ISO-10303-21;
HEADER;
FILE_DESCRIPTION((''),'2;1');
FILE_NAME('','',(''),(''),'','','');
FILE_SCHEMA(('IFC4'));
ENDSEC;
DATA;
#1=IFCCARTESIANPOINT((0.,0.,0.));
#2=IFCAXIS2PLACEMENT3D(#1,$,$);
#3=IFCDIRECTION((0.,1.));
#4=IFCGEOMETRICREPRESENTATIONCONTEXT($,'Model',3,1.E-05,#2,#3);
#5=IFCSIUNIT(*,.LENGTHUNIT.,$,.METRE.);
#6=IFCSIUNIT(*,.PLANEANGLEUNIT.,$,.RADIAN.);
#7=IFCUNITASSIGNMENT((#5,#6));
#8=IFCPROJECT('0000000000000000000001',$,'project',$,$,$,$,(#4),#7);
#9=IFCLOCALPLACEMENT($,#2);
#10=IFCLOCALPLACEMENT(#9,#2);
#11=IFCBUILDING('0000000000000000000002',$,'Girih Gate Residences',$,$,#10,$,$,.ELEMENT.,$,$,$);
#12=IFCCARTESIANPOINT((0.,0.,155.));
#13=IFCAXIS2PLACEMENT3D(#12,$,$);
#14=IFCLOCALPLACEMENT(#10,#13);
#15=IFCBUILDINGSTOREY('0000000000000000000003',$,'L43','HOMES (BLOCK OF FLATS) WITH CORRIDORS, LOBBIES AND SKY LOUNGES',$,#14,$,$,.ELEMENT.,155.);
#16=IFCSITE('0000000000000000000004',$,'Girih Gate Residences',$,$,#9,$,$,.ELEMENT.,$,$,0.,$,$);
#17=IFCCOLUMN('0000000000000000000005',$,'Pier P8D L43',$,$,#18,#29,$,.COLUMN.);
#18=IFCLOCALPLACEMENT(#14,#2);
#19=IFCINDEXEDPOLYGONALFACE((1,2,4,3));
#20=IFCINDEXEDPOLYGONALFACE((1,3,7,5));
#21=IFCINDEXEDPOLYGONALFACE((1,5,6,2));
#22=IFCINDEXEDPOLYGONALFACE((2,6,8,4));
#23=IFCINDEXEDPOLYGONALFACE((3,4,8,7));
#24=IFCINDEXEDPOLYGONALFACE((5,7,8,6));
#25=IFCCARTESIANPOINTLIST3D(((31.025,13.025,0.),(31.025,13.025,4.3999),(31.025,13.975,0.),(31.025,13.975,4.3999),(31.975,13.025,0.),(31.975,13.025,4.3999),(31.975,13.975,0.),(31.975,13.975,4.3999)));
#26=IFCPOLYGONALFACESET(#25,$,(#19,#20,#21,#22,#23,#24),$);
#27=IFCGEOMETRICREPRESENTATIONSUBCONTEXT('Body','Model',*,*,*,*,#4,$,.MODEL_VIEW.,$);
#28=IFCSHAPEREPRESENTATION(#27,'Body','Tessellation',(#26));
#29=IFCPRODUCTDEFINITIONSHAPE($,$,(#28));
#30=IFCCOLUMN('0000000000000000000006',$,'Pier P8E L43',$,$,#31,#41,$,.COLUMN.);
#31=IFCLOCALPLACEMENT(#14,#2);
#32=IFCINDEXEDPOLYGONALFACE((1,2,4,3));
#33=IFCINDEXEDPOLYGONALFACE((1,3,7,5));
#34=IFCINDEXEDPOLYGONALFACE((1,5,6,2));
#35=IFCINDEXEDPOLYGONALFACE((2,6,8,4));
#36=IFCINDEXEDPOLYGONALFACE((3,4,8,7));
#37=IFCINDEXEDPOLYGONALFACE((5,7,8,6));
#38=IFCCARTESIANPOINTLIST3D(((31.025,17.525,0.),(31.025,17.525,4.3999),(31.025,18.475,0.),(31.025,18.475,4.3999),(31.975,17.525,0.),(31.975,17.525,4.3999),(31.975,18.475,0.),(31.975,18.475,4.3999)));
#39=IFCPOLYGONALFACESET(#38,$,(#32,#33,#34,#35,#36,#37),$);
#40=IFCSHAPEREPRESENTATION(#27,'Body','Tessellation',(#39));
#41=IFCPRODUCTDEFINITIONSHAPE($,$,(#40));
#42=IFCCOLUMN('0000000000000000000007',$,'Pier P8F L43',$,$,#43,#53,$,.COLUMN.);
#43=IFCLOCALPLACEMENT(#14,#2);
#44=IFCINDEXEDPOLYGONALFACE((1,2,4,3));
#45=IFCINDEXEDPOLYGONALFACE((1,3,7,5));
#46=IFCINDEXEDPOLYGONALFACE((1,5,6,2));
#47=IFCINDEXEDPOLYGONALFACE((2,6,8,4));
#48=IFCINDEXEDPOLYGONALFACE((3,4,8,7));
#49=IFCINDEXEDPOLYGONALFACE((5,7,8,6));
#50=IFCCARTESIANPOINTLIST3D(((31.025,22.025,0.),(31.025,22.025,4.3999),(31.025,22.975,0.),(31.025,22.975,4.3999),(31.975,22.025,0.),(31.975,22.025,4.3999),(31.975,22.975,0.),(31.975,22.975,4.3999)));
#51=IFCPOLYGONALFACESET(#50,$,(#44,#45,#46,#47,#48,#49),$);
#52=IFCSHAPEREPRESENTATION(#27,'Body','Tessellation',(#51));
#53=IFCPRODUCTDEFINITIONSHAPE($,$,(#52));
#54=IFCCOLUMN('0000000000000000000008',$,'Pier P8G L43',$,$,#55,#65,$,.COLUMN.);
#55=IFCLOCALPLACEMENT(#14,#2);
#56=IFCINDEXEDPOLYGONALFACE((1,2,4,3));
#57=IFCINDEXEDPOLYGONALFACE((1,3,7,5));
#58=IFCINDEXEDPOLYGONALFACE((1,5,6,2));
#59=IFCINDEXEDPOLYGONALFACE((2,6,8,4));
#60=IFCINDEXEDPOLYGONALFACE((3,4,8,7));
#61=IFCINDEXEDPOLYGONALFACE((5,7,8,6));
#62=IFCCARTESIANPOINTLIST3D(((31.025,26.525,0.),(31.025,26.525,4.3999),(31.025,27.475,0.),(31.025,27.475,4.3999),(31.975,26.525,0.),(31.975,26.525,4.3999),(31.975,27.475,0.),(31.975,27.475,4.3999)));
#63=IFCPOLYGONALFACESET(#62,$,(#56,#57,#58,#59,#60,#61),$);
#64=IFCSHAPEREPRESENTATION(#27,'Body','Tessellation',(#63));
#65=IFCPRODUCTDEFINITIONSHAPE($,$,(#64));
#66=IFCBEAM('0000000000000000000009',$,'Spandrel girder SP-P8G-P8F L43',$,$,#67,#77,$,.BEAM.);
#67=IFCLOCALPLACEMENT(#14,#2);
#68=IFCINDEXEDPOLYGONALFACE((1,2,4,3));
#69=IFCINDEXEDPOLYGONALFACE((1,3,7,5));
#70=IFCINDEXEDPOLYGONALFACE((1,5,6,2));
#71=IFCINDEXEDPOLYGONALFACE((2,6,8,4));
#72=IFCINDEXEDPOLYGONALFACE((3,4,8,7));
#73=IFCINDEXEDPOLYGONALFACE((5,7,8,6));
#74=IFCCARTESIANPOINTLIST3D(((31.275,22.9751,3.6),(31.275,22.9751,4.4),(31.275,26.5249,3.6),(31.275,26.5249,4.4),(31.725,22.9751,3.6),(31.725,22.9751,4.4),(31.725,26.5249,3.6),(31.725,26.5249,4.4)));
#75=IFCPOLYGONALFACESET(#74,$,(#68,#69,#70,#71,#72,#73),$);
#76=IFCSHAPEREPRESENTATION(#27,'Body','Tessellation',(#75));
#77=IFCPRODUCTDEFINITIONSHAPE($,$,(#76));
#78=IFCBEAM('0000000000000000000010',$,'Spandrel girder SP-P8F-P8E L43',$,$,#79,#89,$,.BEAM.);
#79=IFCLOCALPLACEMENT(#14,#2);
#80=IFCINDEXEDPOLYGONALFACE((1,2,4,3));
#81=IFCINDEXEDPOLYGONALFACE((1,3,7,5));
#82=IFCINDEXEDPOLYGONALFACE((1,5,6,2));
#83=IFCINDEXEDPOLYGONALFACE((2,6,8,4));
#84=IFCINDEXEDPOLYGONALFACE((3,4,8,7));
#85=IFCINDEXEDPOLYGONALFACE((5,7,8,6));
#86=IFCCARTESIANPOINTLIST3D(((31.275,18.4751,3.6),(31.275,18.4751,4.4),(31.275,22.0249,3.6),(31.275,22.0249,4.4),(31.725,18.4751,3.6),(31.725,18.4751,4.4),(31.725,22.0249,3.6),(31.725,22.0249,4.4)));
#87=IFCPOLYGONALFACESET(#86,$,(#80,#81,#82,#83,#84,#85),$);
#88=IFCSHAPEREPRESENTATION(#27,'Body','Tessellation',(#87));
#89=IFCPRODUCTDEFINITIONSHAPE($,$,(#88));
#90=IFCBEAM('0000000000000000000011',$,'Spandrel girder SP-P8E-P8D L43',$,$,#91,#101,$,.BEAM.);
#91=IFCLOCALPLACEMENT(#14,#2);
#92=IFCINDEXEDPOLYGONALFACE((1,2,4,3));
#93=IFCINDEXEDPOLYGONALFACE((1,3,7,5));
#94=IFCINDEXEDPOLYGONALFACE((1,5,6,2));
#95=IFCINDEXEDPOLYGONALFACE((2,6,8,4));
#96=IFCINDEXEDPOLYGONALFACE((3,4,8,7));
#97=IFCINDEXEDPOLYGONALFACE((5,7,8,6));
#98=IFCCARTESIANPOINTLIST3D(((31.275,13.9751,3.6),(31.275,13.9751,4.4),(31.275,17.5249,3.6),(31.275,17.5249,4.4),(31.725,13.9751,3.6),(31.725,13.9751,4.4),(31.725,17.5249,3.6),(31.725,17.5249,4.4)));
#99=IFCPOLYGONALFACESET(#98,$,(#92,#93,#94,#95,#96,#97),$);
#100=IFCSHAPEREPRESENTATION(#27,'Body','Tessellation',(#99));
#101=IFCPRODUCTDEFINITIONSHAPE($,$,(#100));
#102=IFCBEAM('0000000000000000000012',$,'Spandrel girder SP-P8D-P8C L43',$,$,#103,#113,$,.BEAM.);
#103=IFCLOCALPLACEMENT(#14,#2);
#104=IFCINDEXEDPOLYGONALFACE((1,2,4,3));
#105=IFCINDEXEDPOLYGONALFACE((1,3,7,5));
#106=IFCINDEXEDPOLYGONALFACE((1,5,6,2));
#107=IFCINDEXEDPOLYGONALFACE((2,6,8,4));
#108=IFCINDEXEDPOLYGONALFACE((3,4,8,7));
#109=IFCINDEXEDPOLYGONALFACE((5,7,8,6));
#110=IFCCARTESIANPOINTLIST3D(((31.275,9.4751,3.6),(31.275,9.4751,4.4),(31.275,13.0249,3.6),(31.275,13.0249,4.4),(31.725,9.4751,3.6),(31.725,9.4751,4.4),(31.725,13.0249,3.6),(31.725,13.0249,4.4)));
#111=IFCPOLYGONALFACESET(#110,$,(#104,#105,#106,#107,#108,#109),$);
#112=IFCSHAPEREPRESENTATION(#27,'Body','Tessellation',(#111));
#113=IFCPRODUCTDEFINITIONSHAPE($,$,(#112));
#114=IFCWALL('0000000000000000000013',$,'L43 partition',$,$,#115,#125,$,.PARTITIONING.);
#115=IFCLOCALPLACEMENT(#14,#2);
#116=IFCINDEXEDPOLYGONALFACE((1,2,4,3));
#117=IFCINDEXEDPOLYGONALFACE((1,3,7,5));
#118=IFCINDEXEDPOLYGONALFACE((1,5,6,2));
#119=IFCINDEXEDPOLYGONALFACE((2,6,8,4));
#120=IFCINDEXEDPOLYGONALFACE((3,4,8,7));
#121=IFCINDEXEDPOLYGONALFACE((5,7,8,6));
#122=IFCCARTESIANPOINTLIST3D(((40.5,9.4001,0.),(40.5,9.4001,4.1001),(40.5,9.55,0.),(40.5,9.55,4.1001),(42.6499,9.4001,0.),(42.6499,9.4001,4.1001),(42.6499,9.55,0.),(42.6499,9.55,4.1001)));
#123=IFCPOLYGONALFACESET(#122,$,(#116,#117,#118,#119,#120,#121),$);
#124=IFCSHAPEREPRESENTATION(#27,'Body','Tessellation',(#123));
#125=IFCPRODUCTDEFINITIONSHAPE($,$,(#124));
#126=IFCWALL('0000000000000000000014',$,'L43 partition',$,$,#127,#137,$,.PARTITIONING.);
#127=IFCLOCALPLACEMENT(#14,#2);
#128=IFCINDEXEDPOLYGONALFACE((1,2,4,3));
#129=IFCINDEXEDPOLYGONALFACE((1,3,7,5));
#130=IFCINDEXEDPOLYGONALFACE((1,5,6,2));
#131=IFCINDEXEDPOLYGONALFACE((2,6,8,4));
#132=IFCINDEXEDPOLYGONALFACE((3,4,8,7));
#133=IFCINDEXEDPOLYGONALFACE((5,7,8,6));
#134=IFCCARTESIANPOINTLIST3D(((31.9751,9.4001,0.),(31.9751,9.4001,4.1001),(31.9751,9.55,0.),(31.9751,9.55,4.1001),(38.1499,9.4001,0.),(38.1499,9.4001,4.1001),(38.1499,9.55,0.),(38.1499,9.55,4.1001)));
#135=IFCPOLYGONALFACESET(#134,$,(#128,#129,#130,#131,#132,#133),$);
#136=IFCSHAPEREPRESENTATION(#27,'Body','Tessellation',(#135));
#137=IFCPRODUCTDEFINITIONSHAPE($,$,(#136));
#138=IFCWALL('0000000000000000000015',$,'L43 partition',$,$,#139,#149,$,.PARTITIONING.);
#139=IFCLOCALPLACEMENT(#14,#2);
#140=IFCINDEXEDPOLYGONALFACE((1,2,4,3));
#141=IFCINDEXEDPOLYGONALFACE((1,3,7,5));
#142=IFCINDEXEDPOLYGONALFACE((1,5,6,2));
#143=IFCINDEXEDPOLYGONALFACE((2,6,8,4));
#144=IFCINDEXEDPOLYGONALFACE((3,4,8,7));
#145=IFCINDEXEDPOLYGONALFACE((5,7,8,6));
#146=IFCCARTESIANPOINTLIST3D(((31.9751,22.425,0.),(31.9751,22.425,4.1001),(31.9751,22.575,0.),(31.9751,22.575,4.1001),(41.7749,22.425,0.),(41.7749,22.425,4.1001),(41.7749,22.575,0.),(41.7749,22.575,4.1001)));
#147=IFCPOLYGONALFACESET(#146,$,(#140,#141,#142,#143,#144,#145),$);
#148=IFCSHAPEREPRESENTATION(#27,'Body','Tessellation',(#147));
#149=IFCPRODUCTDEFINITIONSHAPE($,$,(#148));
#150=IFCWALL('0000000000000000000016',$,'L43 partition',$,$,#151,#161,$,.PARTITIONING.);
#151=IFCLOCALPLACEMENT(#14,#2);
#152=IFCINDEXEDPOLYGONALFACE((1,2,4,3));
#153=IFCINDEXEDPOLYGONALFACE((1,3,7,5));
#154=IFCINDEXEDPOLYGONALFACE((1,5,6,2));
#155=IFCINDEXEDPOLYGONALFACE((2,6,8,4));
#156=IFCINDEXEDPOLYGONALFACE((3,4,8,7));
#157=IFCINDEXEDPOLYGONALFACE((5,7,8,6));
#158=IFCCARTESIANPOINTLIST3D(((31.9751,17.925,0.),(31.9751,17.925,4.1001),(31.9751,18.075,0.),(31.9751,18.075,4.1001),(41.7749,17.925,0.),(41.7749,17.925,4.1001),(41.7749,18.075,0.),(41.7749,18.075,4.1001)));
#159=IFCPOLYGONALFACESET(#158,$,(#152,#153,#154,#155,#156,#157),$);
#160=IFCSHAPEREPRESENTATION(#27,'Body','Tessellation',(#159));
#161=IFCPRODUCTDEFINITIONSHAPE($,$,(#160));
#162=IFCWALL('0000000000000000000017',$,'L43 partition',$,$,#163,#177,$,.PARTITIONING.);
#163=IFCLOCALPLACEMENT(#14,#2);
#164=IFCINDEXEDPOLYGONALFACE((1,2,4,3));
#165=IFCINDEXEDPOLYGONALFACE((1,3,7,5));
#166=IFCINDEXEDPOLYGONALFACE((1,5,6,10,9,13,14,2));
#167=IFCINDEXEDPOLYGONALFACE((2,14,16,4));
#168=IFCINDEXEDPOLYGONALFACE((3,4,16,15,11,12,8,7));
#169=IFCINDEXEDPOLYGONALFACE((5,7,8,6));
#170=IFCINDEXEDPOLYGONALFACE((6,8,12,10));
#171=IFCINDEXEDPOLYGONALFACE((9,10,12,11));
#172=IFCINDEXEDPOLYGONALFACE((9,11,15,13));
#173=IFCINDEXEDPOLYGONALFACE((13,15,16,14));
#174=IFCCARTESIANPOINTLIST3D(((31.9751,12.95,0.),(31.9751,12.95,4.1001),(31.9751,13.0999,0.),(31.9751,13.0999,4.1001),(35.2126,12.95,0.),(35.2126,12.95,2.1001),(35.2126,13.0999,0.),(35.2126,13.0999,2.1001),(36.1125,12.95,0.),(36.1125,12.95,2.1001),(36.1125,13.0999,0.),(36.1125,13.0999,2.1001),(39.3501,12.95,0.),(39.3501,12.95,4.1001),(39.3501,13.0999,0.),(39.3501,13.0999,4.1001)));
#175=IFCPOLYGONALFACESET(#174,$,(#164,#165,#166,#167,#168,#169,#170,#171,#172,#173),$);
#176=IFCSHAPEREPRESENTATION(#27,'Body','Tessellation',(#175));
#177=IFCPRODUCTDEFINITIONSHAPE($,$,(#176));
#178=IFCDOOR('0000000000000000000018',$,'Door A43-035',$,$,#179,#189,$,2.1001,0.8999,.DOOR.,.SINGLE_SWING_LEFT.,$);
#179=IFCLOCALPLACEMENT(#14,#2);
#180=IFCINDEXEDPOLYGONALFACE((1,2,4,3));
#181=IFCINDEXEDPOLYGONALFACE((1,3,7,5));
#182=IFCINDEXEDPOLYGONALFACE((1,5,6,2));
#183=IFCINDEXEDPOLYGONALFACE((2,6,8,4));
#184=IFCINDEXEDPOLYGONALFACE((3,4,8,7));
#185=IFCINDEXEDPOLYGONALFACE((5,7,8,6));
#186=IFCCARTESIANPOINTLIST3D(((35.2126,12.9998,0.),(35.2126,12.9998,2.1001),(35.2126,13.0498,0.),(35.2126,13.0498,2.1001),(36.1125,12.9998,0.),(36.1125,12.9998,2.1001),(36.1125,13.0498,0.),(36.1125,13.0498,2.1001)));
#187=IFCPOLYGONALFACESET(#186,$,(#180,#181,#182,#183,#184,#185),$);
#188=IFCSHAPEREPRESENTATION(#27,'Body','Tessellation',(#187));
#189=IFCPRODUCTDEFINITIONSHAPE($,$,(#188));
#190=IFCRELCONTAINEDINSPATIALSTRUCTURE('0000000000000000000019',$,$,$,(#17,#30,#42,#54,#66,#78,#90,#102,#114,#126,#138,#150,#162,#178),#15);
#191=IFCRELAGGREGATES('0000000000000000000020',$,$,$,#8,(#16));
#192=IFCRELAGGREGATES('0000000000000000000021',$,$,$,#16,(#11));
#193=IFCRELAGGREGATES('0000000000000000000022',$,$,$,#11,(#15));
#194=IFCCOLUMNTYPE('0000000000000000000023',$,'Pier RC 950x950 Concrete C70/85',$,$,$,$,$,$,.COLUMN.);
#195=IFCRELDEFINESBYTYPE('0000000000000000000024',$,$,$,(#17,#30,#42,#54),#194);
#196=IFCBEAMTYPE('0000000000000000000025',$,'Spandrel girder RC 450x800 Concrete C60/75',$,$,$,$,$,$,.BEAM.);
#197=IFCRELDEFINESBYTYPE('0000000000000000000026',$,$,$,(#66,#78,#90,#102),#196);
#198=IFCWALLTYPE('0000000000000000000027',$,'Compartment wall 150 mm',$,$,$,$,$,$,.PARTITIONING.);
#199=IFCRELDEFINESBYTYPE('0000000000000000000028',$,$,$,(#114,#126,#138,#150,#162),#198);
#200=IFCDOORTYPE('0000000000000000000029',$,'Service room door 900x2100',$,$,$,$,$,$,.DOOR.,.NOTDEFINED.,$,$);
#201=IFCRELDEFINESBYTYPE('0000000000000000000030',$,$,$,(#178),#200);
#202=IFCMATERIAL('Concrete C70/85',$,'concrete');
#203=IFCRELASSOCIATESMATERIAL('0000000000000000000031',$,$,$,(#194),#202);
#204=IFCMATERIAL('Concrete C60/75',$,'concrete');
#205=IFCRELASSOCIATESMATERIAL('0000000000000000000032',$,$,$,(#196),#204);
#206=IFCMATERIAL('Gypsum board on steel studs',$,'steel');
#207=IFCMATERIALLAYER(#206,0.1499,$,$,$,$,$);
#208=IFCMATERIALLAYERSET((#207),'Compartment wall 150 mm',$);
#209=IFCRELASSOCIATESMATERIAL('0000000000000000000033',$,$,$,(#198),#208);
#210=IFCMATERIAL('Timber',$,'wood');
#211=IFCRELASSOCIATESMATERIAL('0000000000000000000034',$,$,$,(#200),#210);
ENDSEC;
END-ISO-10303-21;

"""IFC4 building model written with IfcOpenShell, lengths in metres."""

from ifc_helpers import new_model, si_unit, direction, frame, frame_2d, origin, origin_2d, place, context, subcontext, project, spatial, rectangle, extrude, material, layer, layer_set, material_profile, profile_set, type_object, element, fill, save


model = new_model("IFC4")

# Units and contexts
model_context = context("Model", 3, precision=1e-05, world=origin(), true_north=direction((0.0, 1.0)))
body_context = subcontext(model_context, "Body", "Model", "MODEL_VIEW")
ifc_project = project(units=[si_unit("LENGTHUNIT", "METRE"), si_unit("PLANEANGLEUNIT", "RADIAN")], contexts=[model_context])

# Site, building, storey
site_placement = place(None, origin())
site = spatial("IfcSite", under=ifc_project, at=site_placement, Name="Girih Gate Residences", CompositionType="ELEMENT", RefElevation=0.0)
building_placement = place(site_placement, origin())
building = spatial("IfcBuilding", under=site, at=building_placement, Name="Girih Gate Residences", CompositionType="ELEMENT")
storey_placement = place(building_placement, frame((0.0, 0.0, 155.0)))
storey = spatial("IfcBuildingStorey", under=building, at=storey_placement, Name="L43", Description="HOMES (BLOCK OF FLATS) WITH CORRIDORS, LOBBIES AND SKY LOUNGES", CompositionType="ELEMENT", Elevation=155.0)

# Columns
ifc_material_1 = material(Name="Concrete C70/85", Category="concrete")
ifc_material_profile_1 = material_profile(ifc_material_1, rectangle(XDim=0.95, YDim=0.95, at=origin_2d()))
ifc_profile_set_1 = profile_set([ifc_material_profile_1], Name="Concrete C70/85")
column_type = type_object("IfcColumnType", Name="Pier RC 950x950 Concrete C70/85", PredefinedType="COLUMN", material=ifc_profile_set_1)
for number, where, z_axis, x_axis, name in (
    (1, (31.5, 13.5, 0.0), (0.0, 0.0, 1.0), (1.0, 0.0, 0.0), "Pier P8D L43"),
    (2, (31.5, 18.0, 0.0), (0.0, 0.0, 1.0), (1.0, 0.0, 0.0), "Pier P8E L43"),
    (3, (31.5, 22.5, 0.0), (0.0, 0.0, 1.0), (1.0, 0.0, 0.0), "Pier P8F L43"),
    (4, (31.5, 27.0, 0.0), (0.0, 0.0, 1.0), (1.0, 0.0, 0.0), "Pier P8G L43"),
):
    element("IfcColumn", number, at=place(storey_placement, frame(where, z_axis=z_axis, x_axis=x_axis)), inside=storey, type_object=column_type, Name=name, PredefinedType="COLUMN", context=body_context, shape_type="SweptSolid", body=[
        extrude(rectangle(XDim=0.95, YDim=0.95, at=origin_2d()), origin(), (0.0, 0.0, 1.0), 4.3999),
    ])

# Beams
ifc_material_2 = material(Name="Concrete C60/75", Category="concrete")
ifc_material_profile_2 = material_profile(ifc_material_2, rectangle(XDim=0.45, YDim=0.8, at=origin_2d()))
ifc_profile_set_2 = profile_set([ifc_material_profile_2], Name="Concrete C60/75")
beam_type = type_object("IfcBeamType", Name="Spandrel girder RC 450x800 Concrete C60/75", PredefinedType="BEAM", material=ifc_profile_set_2)
for number, where, z_axis, x_axis, name in (
    (5, (31.5, 26.5249, 4.0), (0.0, -1.0, 0.0), (1.0, 0.0, 0.0), "Spandrel girder SP-P8G-P8F L43"),
    (6, (31.5, 22.0249, 4.0), (0.0, -1.0, 0.0), (1.0, 0.0, 0.0), "Spandrel girder SP-P8F-P8E L43"),
    (7, (31.5, 17.5249, 4.0), (0.0, -1.0, 0.0), (1.0, 0.0, 0.0), "Spandrel girder SP-P8E-P8D L43"),
    (8, (31.5, 13.0249, 4.0), (0.0, -1.0, 0.0), (1.0, 0.0, 0.0), "Spandrel girder SP-P8D-P8C L43"),
):
    element("IfcBeam", number, at=place(storey_placement, frame(where, z_axis=z_axis, x_axis=x_axis)), inside=storey, type_object=beam_type, Name=name, PredefinedType="BEAM", context=body_context, shape_type="SweptSolid", body=[
        extrude(rectangle(XDim=0.45, YDim=0.8, at=origin_2d()), origin(), (0.0, 0.0, 1.0), 3.5498),
    ])

# Walls
ifc_material_3 = material(Name="Gypsum board on steel studs", Category="steel")
ifc_layer_1 = layer(ifc_material_3, 0.1499)
ifc_layer_set_1 = layer_set([ifc_layer_1], Name="Compartment wall 150 mm")
wall_type_1 = type_object("IfcWallType", Name="Compartment wall 150 mm", PredefinedType="PARTITIONING", material=ifc_layer_set_1)
wall_1_placement = place(storey_placement, frame((40.5, 9.4751, 0.0), z_axis=(0.0, 0.0, 1.0), x_axis=(1.0, 0.0, 0.0)))
element("IfcWall", 9, at=wall_1_placement, inside=storey, type_object=wall_type_1, Name="L43 partition", PredefinedType="PARTITIONING", context=body_context, shape_type="SweptSolid", body=[
    extrude(rectangle(XDim=2.1499, YDim=0.1499, at=frame_2d((1.075, 0.0))), origin(), (0.0, 0.0, 1.0), 4.1001),
])
wall_2_placement = place(storey_placement, frame((31.9751, 9.4751, 0.0), z_axis=(0.0, 0.0, 1.0), x_axis=(1.0, 0.0, 0.0)))
element("IfcWall", 10, at=wall_2_placement, inside=storey, type_object=wall_type_1, Name="L43 partition", PredefinedType="PARTITIONING", context=body_context, shape_type="SweptSolid", body=[
    extrude(rectangle(XDim=6.1748, YDim=0.1499, at=frame_2d((3.0874, 0.0))), origin(), (0.0, 0.0, 1.0), 4.1001),
])
for number, where, z_axis, x_axis, name in (
    (11, (31.9751, 22.5, 0.0), (0.0, 0.0, 1.0), (1.0, 0.0, 0.0), "L43 partition"),
    (12, (31.9751, 18.0, 0.0), (0.0, 0.0, 1.0), (1.0, 0.0, 0.0), "L43 partition"),
):
    element("IfcWall", number, at=place(storey_placement, frame(where, z_axis=z_axis, x_axis=x_axis)), inside=storey, type_object=wall_type_1, Name=name, PredefinedType="PARTITIONING", context=body_context, shape_type="SweptSolid", body=[
        extrude(rectangle(XDim=9.7998, YDim=0.1499, at=frame_2d((4.8999, 0.0))), origin(), (0.0, 0.0, 1.0), 4.1001),
    ])

# Wall, opening, door
wall_3_placement = place(storey_placement, frame((31.9751, 13.0249, 0.0), z_axis=(0.0, 0.0, 1.0), x_axis=(1.0, 0.0, 0.0)))
wall_3 = element("IfcWall", 13, at=wall_3_placement, inside=storey, type_object=wall_type_1, Name="L43 partition", PredefinedType="PARTITIONING", context=body_context, shape_type="SweptSolid", body=[
    extrude(rectangle(XDim=7.375, YDim=0.1499, at=frame_2d((3.6875, 0.0))), origin(), (0.0, 0.0, 1.0), 4.1001),
])
opening_1_placement = place(wall_3_placement, frame((3.2375, 0.0, 0.0)))
opening_1 = element("IfcOpeningElement", 14, at=opening_1_placement, cuts=wall_3, PredefinedType="OPENING", context=body_context, shape_type="SweptSolid", body=[
    extrude(rectangle(XDim=0.8999, YDim=2.1001, at=frame_2d((0.45, 1.05))), frame((0.0, 0.085, 0.0), z_axis=(0.0, -1.0, 0.0), x_axis=(1.0, 0.0, 0.0)), (0.0, 0.0, 1.0), 0.1699),
])
ifc_material_4 = material(Name="Timber", Category="wood")
door_type_1 = type_object("IfcDoorType", Name="Service room door 900x2100", OperationType="NOTDEFINED", PredefinedType="DOOR", material=ifc_material_4)
door_1_placement = place(opening_1_placement, origin())
door_1 = element("IfcDoor", 15, at=door_1_placement, inside=storey, type_object=door_type_1, Name="Door A43-035", OperationType="SINGLE_SWING_LEFT", OverallHeight=2.1001, OverallWidth=0.8999, PredefinedType="DOOR", context=body_context, shape_type="SweptSolid", body=[
    extrude(rectangle(XDim=0.8999, YDim=2.1001, at=frame_2d((0.45, 1.05))), frame((0.0, 0.0249, 0.0), z_axis=(0.0, -1.0, 0.0), x_axis=(1.0, 0.0, 0.0)), (0.0, 0.0, 1.0), 0.05),
])
fill(opening_1, door_1)

save(model, "model.ifc")
